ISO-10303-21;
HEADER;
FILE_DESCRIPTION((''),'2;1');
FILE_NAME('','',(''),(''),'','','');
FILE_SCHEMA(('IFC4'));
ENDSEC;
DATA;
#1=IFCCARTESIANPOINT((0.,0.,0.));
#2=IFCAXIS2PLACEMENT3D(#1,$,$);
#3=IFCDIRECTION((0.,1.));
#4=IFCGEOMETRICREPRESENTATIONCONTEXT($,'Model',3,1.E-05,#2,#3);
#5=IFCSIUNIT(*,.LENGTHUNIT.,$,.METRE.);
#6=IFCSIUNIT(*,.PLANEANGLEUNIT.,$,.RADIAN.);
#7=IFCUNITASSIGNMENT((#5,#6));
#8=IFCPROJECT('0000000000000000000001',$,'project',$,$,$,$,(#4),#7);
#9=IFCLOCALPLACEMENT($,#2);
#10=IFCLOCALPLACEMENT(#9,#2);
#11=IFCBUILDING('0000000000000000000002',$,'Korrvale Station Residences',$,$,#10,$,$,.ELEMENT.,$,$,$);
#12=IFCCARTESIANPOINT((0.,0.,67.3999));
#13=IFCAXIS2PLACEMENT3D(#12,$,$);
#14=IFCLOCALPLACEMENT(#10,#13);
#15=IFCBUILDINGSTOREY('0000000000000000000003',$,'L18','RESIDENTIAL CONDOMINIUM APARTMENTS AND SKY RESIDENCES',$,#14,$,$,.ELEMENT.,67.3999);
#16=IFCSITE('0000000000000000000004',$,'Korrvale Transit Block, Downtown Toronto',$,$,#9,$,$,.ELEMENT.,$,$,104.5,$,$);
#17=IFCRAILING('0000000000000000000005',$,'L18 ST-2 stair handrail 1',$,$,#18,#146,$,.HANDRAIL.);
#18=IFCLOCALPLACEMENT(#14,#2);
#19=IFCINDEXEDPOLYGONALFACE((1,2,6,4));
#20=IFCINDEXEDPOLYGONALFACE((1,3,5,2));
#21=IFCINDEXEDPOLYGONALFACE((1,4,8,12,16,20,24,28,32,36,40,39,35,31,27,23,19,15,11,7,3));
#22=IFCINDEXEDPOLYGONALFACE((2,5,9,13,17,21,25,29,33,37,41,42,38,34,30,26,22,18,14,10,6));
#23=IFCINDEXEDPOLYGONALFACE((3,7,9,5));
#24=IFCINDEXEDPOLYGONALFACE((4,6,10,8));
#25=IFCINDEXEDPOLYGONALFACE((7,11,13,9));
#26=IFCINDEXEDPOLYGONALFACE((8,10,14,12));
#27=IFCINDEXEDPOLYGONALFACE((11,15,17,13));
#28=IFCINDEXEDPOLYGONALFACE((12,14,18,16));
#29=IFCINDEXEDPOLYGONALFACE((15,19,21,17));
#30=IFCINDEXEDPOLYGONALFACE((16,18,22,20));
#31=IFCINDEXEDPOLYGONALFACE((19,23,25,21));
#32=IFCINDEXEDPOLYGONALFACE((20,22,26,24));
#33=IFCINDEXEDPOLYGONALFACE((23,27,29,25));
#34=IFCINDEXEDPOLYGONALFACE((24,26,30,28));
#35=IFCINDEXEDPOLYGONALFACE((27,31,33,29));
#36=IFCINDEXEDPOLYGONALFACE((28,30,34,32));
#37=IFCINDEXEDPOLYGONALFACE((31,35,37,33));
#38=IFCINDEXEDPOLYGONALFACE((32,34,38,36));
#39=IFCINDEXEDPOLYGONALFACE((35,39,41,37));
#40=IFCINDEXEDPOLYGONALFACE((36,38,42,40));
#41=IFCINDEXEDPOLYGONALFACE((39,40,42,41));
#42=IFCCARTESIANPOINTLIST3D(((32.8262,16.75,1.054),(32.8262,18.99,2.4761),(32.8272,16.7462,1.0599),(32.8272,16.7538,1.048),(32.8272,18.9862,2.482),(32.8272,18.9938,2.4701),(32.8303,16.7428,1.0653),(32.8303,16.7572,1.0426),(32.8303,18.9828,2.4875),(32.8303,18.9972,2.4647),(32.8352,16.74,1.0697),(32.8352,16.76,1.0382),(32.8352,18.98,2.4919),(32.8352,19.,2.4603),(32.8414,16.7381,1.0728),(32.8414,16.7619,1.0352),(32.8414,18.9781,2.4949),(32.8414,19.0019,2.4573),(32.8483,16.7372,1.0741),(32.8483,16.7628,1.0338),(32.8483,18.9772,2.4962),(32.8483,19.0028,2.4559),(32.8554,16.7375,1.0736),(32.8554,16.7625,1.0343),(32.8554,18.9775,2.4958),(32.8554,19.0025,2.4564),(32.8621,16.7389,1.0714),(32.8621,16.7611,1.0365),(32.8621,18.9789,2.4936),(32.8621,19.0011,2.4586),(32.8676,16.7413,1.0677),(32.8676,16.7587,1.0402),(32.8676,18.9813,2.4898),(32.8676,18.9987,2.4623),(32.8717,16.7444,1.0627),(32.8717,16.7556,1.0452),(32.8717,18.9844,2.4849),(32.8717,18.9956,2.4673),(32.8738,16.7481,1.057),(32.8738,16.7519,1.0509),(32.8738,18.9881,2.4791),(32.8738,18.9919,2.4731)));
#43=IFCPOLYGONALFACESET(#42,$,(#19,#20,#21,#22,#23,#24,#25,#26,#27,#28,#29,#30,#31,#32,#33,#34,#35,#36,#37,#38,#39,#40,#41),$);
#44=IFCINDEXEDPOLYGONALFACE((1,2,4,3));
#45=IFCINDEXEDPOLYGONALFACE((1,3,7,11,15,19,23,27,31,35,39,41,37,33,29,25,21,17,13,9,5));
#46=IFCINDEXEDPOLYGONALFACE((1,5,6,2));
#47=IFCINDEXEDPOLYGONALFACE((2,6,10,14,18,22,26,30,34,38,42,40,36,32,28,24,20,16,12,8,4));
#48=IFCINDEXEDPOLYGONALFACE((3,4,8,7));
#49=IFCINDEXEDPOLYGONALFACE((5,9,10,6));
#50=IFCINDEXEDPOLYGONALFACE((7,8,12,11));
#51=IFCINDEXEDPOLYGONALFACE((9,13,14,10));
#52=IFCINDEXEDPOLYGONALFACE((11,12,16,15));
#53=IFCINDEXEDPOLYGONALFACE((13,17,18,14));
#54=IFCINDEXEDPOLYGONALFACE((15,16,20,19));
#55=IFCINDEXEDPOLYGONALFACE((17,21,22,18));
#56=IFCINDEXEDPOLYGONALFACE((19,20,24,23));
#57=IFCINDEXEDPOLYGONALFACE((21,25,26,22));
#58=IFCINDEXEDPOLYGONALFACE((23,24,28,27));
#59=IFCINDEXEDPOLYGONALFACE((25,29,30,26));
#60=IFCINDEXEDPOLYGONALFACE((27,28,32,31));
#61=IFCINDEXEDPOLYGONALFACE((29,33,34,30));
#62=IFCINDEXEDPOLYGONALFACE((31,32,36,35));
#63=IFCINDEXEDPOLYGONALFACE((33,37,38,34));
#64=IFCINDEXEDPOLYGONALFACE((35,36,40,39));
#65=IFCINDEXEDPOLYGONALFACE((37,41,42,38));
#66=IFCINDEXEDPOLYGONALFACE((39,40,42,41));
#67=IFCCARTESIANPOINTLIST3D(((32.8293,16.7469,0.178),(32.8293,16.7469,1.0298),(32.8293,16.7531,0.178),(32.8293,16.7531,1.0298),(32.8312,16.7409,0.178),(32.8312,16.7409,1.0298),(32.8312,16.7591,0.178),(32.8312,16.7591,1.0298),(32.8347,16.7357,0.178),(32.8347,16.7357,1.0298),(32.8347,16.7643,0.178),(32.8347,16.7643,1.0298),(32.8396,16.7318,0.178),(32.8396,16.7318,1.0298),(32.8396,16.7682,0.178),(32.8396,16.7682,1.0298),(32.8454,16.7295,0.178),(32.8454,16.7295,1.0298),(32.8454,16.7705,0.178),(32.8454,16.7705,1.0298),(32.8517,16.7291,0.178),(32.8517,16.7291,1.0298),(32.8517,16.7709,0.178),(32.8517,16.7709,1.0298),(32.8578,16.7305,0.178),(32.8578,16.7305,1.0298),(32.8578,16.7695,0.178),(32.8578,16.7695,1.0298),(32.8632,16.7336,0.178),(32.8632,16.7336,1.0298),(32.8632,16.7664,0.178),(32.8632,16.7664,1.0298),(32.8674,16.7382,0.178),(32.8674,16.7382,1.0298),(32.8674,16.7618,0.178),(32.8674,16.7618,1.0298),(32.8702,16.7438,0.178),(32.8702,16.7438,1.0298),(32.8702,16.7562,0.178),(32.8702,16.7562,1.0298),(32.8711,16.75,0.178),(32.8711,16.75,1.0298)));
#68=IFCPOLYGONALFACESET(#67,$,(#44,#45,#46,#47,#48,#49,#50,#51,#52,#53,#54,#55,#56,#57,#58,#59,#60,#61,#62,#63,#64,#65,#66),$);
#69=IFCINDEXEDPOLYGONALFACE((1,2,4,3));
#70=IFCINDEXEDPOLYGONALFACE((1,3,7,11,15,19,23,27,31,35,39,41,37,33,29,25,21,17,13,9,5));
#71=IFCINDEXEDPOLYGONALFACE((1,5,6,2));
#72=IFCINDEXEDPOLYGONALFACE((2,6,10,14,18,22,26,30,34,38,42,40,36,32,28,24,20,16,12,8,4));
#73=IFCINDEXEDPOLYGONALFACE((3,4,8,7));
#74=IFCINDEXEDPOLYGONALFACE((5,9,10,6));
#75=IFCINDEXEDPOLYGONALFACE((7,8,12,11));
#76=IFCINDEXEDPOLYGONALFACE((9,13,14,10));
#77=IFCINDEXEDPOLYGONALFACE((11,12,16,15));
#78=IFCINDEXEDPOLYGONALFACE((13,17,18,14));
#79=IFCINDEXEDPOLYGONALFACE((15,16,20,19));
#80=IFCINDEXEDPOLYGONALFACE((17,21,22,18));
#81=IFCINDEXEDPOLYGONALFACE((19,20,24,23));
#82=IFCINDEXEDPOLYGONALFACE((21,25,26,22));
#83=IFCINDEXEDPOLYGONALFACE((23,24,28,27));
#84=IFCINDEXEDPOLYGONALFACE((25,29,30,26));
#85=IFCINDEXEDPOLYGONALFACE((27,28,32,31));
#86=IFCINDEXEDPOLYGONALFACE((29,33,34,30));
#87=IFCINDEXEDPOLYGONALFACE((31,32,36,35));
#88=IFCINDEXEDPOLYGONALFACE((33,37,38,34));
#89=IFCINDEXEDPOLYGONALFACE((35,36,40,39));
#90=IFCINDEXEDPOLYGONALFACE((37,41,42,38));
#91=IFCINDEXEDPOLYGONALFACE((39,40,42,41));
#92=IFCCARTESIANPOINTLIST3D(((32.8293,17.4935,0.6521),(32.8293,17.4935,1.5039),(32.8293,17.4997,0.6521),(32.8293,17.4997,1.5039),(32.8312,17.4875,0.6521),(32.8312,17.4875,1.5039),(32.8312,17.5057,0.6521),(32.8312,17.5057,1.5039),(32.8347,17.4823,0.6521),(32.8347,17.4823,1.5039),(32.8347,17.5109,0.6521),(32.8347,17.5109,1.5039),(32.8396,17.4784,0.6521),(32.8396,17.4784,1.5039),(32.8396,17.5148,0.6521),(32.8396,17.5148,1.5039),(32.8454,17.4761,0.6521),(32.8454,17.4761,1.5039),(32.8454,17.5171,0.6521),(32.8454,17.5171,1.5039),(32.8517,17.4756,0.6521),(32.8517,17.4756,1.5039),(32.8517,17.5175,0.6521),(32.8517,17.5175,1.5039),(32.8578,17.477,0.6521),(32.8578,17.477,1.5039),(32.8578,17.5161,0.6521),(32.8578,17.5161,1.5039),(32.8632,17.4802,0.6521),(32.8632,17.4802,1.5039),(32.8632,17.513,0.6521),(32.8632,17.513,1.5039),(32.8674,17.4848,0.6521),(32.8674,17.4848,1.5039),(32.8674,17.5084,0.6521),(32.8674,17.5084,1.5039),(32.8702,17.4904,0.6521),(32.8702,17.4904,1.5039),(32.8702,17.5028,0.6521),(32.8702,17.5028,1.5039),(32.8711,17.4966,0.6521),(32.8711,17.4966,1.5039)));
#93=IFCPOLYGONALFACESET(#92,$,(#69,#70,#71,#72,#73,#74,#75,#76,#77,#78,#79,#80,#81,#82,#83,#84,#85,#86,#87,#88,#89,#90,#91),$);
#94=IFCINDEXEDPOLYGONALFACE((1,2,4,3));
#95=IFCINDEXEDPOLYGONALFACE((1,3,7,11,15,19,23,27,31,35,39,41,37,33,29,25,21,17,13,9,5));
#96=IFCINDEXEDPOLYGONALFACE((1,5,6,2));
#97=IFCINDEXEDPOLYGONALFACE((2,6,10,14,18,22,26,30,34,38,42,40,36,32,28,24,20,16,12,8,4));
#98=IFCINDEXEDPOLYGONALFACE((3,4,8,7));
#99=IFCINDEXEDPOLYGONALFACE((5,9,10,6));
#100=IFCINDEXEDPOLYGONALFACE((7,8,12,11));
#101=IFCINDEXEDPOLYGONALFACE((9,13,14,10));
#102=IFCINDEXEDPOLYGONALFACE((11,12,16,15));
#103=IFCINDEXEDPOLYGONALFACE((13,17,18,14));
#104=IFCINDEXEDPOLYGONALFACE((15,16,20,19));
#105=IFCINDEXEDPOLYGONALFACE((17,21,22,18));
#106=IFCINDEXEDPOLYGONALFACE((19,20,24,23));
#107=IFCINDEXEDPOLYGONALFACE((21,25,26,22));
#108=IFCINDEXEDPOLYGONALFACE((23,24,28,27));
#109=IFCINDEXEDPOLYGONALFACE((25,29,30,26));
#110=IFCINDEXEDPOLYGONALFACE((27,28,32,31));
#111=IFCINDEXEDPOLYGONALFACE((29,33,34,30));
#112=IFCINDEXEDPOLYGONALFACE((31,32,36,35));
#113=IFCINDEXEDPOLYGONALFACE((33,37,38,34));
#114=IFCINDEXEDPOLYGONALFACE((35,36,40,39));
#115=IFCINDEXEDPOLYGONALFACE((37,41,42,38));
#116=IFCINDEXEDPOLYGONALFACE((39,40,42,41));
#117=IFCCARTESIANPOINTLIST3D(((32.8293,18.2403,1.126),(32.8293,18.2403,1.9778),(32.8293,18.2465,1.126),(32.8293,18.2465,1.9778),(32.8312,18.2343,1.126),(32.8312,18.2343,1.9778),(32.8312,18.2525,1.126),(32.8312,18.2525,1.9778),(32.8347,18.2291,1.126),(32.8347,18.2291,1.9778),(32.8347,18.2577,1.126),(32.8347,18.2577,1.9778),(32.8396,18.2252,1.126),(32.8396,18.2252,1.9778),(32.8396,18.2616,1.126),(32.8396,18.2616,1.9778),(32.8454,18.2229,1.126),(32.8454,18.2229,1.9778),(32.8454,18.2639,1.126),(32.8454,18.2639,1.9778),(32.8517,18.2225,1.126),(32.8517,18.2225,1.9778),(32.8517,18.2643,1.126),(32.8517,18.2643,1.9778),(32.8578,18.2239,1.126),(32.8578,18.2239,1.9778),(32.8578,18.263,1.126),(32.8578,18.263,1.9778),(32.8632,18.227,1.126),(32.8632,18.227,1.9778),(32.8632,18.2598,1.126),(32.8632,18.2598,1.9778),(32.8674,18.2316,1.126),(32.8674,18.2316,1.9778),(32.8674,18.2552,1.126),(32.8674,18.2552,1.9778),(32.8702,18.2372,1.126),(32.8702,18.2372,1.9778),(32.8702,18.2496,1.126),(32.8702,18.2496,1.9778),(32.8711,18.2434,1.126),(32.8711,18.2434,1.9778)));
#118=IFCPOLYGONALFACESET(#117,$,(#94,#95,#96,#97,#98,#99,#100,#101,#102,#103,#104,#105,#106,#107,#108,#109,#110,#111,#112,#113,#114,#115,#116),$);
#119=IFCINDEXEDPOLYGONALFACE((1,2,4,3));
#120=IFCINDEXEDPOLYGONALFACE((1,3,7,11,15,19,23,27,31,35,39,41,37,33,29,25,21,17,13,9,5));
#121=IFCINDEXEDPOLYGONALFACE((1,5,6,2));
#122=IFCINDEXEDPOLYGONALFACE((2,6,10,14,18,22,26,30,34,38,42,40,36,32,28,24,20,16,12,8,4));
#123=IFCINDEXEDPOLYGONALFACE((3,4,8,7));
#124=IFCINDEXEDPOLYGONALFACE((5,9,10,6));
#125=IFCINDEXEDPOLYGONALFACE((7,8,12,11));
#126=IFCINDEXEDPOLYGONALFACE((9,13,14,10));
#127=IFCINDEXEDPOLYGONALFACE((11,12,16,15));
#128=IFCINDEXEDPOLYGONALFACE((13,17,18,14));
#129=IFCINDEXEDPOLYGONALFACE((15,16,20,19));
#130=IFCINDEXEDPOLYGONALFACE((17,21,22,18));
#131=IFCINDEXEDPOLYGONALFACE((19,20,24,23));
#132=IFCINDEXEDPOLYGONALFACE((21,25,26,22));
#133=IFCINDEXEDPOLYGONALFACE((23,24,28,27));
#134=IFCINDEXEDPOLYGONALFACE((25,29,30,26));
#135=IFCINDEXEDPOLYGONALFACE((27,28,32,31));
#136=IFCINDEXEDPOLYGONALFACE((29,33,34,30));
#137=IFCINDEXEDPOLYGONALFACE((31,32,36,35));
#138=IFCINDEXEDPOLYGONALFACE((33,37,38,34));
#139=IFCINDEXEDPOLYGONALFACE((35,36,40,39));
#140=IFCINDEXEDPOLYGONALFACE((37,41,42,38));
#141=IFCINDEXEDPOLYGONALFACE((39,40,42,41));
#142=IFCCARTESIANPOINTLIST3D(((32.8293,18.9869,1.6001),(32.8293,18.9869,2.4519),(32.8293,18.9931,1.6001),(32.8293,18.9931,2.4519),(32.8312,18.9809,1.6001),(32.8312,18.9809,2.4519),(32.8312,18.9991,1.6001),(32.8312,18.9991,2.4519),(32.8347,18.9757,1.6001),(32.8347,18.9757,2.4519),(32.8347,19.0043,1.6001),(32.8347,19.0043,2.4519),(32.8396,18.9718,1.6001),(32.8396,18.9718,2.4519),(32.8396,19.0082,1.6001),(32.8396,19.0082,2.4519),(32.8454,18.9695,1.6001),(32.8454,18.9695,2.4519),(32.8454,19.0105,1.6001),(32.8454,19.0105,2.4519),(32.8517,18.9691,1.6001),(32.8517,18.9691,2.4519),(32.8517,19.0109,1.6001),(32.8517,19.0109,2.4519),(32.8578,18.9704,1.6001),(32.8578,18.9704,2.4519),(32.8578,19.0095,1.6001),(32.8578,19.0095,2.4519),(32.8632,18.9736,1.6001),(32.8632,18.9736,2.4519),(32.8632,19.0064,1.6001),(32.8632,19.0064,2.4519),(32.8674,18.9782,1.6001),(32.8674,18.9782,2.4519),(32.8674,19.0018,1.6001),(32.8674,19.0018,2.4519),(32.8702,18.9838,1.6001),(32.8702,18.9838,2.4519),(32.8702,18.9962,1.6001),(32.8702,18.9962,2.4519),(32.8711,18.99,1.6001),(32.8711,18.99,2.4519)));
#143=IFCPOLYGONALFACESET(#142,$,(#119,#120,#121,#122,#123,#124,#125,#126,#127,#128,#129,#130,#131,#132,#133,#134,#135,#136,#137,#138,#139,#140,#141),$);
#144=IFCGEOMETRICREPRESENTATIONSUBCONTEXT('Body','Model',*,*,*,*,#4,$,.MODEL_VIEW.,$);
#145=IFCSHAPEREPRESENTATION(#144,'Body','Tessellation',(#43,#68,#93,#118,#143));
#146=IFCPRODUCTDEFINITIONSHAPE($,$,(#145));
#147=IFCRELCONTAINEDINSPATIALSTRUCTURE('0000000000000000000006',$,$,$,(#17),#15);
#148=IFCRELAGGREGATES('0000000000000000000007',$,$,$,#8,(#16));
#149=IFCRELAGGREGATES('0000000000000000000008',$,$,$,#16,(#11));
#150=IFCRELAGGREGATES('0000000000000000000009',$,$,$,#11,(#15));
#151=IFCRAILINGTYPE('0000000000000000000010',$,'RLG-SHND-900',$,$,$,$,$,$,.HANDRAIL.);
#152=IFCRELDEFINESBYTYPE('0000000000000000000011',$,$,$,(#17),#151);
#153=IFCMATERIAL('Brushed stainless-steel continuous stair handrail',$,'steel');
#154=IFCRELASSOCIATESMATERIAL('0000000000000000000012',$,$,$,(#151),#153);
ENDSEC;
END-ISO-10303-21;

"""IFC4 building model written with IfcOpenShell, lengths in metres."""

from ifc_helpers import new_model, si_unit, direction, frame, origin, origin_2d, place, context, subcontext, project, spatial, circle, extrude, material, type_object, element, save


model = new_model("IFC4")

# Units and contexts
model_context = context("Model", 3, precision=1e-05, world=origin(), true_north=direction((0.0, 1.0)))
body_context = subcontext(model_context, "Body", "Model", "MODEL_VIEW")
ifc_project = project(units=[si_unit("LENGTHUNIT", "METRE"), si_unit("PLANEANGLEUNIT", "RADIAN")], contexts=[model_context])

# Site, building, storey
site_placement = place(None, origin())
site = spatial("IfcSite", under=ifc_project, at=site_placement, Name="Korrvale Transit Block, Downtown Toronto", CompositionType="ELEMENT", RefElevation=104.5)
building_placement = place(site_placement, origin())
building = spatial("IfcBuilding", under=site, at=building_placement, Name="Korrvale Station Residences", CompositionType="ELEMENT")
storey_placement = place(building_placement, frame((0.0, 0.0, 67.3999)))
storey = spatial("IfcBuildingStorey", under=building, at=storey_placement, Name="L18", Description="RESIDENTIAL CONDOMINIUM APARTMENTS AND SKY RESIDENCES", CompositionType="ELEMENT", Elevation=67.3999)

# Railing
ifc_material_1 = material(Name="Brushed stainless-steel continuous stair handrail", Category="steel")
railing_type_1 = type_object("IfcRailingType", Name="RLG-SHND-900", PredefinedType="HANDRAIL", material=ifc_material_1)
railing_1_placement = place(storey_placement, frame((32.8501, 16.75, 0.178)))
element("IfcRailing", 1, at=railing_1_placement, inside=storey, type_object=railing_type_1, Name="L18 ST-2 stair handrail 1", PredefinedType="HANDRAIL", context=body_context, shape_type="SweptSolid", body=[
    extrude(circle(Radius=0.0239, at=origin_2d()), frame((0.0, 0.0, 0.876), z_axis=(0.0, 0.844229, 0.535982), x_axis=(-1.0, 0.0, 0.0)), (0.0, 0.0, 1.0), 2.6533),
    extrude(circle(Radius=0.021, at=origin_2d()), origin(), (0.0, 0.0, 1.0), 0.8518),
    extrude(circle(Radius=0.021, at=origin_2d()), frame((0.0, 0.7466, 0.4741)), (0.0, 0.0, 1.0), 0.8518),
    extrude(circle(Radius=0.021, at=origin_2d()), frame((0.0, 1.4934, 0.948)), (0.0, 0.0, 1.0), 0.8518),
    extrude(circle(Radius=0.021, at=origin_2d()), frame((0.0, 2.24, 1.4221)), (0.0, 0.0, 1.0), 0.8518),
])

save(model, "model.ifc")
